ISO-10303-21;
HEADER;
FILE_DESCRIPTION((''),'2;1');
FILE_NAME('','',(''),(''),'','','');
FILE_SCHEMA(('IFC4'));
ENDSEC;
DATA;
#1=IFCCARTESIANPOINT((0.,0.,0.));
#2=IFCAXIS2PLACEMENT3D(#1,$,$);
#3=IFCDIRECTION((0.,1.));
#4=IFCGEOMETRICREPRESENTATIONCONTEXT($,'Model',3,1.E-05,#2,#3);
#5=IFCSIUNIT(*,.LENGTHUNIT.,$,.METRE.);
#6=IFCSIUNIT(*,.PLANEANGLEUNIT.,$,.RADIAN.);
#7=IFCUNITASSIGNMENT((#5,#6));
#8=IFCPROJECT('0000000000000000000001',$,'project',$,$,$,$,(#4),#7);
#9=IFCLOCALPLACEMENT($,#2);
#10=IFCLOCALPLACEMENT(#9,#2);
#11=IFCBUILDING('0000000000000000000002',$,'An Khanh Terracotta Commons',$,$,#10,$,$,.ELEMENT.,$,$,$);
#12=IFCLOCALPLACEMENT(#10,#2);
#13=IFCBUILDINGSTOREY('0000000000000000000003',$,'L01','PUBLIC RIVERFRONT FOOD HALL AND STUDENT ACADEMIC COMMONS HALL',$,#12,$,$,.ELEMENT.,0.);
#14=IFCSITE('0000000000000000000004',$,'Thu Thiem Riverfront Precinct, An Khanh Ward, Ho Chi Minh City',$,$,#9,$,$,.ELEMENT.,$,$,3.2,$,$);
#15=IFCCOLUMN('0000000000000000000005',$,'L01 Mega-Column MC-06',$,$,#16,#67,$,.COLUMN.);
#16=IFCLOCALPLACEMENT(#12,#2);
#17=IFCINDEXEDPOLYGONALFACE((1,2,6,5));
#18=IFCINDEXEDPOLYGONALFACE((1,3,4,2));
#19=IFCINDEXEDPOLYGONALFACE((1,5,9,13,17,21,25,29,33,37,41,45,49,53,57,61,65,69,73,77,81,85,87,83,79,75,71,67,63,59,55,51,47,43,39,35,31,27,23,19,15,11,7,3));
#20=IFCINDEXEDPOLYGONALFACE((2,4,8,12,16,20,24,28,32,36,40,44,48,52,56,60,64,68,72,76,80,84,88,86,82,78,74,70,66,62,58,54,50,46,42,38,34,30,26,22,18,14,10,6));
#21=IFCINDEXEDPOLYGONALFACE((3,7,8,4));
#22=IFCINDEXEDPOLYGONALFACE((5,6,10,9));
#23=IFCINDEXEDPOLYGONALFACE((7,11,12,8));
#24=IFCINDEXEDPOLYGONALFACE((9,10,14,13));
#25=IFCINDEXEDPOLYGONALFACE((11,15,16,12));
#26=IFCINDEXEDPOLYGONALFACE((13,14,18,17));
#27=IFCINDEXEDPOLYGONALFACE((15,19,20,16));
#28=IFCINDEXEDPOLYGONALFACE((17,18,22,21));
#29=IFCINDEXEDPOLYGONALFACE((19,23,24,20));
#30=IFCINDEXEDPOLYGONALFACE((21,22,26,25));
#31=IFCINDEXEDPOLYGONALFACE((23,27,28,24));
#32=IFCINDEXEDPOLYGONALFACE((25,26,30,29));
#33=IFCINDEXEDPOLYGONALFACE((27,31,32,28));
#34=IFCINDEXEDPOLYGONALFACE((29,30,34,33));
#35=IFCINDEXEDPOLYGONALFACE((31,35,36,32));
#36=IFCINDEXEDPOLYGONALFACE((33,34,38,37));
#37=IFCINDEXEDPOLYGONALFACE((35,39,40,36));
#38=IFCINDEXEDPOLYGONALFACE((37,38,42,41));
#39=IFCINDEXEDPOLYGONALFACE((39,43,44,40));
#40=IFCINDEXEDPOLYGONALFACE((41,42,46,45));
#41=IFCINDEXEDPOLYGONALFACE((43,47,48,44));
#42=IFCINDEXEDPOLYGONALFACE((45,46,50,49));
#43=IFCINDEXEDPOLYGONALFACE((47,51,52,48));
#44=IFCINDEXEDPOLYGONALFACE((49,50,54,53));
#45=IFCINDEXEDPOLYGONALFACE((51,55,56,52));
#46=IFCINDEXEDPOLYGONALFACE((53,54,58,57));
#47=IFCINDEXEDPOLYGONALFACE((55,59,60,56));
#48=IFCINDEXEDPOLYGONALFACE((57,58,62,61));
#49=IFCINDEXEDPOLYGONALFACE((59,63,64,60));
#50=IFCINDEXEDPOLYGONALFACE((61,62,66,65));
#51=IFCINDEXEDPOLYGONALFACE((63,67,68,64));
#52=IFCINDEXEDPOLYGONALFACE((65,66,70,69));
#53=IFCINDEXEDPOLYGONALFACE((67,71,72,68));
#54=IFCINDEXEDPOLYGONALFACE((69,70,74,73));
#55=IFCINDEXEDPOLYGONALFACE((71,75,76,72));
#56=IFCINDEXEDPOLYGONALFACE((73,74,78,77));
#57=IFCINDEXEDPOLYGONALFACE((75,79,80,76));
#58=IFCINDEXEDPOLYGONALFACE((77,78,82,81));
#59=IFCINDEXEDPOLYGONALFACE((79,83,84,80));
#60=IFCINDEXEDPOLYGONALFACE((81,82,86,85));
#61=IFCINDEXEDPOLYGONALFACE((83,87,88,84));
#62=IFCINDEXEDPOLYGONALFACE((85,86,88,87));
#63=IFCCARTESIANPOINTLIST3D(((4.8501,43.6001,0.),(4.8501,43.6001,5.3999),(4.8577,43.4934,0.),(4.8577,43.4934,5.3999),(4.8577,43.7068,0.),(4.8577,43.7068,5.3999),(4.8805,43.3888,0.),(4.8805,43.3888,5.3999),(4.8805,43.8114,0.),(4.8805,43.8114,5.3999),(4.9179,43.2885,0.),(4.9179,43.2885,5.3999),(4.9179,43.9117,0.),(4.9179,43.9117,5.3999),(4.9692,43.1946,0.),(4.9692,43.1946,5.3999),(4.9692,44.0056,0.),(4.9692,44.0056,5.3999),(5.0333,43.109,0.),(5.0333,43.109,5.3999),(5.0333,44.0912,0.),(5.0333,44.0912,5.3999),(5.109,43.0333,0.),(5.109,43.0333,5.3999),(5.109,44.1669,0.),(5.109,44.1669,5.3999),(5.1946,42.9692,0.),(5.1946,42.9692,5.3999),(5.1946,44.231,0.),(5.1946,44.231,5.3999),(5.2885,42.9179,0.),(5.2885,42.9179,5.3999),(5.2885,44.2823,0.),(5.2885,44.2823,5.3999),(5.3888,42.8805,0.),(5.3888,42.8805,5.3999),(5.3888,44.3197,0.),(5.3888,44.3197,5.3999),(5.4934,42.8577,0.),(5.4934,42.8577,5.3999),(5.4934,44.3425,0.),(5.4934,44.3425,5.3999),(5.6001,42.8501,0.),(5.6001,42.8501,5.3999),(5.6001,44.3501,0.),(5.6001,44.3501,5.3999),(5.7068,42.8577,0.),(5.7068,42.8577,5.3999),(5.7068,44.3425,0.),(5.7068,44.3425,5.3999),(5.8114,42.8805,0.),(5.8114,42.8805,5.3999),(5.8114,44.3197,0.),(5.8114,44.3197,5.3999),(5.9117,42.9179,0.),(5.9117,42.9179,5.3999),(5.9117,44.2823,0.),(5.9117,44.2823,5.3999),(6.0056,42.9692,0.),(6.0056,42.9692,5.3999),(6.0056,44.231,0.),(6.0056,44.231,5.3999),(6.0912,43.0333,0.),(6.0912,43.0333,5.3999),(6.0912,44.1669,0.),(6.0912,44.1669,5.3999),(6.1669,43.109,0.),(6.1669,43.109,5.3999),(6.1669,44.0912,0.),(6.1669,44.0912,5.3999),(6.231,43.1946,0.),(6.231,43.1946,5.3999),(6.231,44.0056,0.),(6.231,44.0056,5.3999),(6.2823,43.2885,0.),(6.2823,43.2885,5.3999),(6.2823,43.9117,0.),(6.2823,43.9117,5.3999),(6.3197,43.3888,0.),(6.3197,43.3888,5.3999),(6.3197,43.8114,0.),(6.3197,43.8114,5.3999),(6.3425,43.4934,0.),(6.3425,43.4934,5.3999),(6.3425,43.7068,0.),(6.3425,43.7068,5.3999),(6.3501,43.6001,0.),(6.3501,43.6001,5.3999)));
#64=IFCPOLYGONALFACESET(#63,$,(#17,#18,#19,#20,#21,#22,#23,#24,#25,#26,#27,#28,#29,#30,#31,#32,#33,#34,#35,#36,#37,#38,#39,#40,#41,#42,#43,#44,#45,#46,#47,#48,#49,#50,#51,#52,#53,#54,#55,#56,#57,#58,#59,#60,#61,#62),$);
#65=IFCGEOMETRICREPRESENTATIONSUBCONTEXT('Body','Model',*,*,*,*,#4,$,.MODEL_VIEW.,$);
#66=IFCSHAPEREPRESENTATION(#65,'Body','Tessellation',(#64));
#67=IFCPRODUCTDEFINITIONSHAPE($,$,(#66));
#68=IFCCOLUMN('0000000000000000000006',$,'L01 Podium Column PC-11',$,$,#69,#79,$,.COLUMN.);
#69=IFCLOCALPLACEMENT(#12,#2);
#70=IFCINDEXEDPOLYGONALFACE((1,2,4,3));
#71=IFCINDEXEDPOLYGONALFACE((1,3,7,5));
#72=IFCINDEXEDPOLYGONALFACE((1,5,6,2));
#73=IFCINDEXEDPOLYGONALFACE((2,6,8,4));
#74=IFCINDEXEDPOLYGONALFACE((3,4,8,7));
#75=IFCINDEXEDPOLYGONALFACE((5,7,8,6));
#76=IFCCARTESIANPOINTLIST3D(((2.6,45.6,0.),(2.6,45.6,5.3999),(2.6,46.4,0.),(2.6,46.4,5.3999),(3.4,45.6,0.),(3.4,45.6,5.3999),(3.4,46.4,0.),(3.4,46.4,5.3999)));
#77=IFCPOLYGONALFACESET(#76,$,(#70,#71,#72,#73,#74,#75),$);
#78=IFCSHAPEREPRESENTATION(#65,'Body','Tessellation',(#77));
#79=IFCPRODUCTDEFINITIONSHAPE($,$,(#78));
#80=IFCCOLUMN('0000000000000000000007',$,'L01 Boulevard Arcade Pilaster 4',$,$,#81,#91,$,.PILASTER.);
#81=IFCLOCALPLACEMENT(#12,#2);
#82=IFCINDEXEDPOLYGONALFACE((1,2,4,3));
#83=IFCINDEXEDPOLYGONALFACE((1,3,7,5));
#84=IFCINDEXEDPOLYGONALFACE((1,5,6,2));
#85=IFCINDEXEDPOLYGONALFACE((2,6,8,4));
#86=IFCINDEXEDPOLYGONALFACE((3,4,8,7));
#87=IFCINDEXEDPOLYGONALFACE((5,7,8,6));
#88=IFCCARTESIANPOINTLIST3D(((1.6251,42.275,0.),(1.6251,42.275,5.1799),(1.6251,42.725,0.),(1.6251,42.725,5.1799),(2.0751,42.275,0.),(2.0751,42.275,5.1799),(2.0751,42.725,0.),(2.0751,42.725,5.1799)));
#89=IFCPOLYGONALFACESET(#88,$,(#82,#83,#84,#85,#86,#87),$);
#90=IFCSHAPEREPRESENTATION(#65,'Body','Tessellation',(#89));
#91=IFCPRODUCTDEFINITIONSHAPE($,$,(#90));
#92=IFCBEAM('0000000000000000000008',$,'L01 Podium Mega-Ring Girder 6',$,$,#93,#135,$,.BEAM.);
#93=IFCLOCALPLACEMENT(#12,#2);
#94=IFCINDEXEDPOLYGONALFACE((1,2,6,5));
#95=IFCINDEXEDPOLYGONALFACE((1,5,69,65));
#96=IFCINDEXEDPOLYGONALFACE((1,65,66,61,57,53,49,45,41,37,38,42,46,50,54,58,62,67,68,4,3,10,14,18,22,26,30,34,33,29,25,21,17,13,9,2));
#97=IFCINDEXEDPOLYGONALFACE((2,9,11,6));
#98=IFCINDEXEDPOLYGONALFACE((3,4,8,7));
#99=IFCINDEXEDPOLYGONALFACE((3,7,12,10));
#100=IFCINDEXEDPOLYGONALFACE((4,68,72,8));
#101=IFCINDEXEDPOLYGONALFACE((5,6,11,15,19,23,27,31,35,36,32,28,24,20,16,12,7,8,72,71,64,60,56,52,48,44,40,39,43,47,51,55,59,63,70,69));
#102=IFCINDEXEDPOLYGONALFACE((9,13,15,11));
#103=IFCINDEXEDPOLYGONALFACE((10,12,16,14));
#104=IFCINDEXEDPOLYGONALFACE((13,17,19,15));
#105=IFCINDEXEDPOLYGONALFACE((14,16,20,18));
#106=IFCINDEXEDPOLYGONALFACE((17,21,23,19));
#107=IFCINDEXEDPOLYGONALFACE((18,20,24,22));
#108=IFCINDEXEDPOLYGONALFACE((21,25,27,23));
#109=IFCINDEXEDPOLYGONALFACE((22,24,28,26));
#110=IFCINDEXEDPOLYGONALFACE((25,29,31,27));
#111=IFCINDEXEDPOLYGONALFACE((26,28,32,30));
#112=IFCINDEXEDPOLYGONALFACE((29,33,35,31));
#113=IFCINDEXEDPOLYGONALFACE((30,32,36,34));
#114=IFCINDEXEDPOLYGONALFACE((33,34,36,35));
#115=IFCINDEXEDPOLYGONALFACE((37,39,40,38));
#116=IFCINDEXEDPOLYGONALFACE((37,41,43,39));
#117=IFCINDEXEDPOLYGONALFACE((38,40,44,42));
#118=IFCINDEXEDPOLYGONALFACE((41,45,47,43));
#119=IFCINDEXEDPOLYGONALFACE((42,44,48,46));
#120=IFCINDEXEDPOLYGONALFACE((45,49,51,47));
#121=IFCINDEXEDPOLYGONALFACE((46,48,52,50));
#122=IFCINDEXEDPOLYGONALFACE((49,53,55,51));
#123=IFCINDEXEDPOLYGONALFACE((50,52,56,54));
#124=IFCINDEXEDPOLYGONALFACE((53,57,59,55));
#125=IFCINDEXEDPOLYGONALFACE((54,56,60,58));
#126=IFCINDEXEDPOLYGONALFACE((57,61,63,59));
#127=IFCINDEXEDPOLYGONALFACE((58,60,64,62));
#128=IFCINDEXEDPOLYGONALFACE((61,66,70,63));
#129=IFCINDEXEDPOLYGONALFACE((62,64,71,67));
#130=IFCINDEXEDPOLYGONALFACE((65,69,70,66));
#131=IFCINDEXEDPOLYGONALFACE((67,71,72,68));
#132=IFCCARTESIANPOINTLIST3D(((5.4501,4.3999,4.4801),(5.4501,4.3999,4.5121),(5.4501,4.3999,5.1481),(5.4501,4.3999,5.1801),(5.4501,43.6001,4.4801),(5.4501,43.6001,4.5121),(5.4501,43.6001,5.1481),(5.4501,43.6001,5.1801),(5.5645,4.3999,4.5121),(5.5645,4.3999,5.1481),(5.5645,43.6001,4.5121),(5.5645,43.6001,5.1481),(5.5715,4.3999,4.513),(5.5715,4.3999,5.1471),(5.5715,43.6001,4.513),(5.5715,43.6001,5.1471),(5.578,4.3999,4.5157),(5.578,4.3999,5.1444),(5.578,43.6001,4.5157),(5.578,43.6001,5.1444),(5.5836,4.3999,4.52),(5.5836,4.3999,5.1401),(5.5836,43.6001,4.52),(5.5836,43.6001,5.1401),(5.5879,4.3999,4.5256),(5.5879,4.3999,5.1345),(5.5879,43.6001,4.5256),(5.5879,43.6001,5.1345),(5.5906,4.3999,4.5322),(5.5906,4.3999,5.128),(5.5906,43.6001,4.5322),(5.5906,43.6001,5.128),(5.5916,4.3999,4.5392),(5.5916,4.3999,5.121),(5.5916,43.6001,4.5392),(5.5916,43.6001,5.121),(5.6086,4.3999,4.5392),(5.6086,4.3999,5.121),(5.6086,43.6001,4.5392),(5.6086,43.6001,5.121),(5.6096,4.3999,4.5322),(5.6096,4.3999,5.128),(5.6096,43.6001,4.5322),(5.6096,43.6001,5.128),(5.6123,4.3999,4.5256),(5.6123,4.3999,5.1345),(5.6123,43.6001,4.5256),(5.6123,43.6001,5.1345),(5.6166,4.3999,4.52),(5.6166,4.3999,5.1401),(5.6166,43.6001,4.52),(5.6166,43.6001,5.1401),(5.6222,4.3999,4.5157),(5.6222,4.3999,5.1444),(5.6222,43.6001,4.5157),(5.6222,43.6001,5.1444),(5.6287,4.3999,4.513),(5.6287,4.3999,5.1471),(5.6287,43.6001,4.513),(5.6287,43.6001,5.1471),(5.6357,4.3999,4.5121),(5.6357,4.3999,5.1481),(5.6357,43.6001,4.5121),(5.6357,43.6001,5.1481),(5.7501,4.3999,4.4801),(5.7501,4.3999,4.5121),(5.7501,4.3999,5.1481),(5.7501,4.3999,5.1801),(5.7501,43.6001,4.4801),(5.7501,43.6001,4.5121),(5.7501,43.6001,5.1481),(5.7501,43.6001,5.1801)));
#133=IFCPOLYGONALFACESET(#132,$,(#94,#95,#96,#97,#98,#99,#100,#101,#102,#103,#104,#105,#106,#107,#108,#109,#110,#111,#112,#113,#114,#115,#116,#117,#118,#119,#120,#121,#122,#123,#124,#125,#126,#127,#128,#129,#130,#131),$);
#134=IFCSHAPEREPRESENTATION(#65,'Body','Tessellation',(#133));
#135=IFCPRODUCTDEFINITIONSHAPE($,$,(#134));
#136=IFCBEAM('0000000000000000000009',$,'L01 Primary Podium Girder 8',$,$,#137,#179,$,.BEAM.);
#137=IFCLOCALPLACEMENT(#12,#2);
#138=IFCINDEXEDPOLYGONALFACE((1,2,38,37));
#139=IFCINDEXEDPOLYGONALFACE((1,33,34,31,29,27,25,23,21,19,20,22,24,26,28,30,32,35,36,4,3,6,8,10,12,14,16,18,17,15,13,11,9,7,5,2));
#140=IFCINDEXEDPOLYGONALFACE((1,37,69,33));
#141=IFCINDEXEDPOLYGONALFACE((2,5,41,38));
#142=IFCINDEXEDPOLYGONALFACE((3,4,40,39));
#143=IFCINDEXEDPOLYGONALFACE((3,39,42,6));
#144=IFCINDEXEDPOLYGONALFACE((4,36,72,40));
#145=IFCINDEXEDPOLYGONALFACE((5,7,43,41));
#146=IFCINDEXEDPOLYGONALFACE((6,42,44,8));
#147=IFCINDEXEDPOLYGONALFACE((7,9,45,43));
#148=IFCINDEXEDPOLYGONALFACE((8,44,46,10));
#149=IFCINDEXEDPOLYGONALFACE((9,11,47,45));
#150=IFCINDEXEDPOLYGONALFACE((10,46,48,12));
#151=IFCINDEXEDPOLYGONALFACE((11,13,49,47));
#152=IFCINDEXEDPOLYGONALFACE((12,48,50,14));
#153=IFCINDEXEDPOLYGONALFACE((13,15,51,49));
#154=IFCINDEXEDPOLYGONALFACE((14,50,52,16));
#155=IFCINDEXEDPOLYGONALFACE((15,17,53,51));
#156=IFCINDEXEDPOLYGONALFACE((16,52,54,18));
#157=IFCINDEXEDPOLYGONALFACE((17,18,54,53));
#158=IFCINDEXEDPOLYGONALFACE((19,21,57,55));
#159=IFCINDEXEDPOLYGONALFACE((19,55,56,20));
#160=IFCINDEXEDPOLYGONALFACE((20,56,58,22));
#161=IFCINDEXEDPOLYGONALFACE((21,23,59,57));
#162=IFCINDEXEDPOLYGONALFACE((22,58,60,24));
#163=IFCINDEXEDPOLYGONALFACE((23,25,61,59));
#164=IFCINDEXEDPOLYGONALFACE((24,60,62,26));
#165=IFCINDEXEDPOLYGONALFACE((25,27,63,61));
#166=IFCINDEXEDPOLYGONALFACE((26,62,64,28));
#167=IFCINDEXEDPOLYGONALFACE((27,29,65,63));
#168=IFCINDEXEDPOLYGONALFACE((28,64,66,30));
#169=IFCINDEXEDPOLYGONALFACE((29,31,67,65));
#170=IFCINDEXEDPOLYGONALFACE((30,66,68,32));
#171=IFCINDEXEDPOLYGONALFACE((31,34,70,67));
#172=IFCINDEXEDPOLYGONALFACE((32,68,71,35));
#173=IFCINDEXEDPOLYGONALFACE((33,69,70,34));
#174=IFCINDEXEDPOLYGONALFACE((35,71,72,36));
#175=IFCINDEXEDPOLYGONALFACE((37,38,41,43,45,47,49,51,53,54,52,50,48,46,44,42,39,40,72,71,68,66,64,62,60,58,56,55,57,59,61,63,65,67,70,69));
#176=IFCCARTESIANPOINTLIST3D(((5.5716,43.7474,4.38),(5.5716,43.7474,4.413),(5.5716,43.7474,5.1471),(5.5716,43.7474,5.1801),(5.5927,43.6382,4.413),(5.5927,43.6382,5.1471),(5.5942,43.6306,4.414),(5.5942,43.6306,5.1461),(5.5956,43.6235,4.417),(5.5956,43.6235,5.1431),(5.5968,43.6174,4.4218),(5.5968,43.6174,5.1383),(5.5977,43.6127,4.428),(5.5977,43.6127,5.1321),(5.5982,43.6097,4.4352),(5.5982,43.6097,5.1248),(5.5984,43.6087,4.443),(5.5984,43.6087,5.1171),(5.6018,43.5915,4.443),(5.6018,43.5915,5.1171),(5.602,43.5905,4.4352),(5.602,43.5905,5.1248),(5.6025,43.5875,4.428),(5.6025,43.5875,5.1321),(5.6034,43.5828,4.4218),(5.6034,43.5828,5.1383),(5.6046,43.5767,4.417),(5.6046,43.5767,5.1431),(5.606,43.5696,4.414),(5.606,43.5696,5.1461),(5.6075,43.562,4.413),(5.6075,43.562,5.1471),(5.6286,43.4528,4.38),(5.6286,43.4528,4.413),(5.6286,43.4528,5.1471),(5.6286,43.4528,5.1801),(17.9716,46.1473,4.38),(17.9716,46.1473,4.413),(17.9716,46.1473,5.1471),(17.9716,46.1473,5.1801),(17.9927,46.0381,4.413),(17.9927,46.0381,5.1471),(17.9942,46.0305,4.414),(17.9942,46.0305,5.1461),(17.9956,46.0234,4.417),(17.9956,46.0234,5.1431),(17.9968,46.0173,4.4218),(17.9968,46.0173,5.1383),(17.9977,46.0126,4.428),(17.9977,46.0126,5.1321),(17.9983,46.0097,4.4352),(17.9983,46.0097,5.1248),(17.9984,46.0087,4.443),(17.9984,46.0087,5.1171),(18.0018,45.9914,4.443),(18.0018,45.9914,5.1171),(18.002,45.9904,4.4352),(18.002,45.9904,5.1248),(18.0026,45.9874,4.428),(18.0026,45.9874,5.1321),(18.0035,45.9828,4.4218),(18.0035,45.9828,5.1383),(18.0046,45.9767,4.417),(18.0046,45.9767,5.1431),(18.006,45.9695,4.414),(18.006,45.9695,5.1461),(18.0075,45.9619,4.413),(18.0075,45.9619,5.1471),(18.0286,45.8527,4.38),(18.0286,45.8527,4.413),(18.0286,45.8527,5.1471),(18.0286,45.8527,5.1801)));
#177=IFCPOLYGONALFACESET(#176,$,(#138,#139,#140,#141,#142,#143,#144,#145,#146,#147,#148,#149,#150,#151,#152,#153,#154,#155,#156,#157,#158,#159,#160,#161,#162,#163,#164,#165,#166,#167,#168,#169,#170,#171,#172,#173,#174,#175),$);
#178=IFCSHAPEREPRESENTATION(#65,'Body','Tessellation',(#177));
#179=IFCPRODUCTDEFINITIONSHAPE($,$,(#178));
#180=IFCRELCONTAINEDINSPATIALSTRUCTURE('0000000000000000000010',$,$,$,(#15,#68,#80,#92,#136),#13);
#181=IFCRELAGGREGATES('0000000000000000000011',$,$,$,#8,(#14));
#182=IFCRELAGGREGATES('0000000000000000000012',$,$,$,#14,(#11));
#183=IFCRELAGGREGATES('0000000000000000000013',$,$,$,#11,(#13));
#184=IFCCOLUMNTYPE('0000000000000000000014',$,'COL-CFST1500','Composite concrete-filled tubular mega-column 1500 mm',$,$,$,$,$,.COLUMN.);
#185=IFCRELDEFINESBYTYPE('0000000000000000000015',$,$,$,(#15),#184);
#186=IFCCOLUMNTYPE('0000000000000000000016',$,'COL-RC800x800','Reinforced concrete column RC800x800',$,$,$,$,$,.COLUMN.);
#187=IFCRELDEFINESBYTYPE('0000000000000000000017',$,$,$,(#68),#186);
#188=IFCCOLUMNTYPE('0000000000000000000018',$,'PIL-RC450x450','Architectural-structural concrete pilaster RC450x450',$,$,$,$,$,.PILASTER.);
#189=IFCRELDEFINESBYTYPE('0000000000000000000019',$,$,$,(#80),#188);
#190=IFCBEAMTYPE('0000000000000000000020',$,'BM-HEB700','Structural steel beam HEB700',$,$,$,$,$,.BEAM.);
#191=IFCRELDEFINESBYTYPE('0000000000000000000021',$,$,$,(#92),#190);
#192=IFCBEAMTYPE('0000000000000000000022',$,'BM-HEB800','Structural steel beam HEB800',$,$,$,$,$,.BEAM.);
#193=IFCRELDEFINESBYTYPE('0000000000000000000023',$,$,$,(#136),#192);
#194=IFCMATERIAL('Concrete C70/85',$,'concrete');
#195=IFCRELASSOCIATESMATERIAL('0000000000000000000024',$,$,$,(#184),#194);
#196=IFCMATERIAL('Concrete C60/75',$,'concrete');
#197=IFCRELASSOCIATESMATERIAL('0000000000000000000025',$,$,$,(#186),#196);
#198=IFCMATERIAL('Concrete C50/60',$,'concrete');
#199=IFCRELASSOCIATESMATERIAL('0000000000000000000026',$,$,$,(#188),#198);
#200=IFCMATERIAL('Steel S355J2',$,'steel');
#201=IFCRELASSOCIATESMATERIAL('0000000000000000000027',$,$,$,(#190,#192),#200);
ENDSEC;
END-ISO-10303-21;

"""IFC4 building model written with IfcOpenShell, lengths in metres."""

from ifc_helpers import new_model, si_unit, direction, frame, origin, origin_2d, place, context, subcontext, project, spatial, rectangle, circle, i_section, extrude, material, material_profile, profile_set, type_object, element, save


model = new_model("IFC4")

# Units and contexts
model_context = context("Model", 3, precision=1e-05, world=origin(), true_north=direction((0.0, 1.0)))
body_context = subcontext(model_context, "Body", "Model", "MODEL_VIEW")
ifc_project = project(units=[si_unit("LENGTHUNIT", "METRE"), si_unit("PLANEANGLEUNIT", "RADIAN")], contexts=[model_context])

# Site, building, storey
site_placement = place(None, origin())
site = spatial("IfcSite", under=ifc_project, at=site_placement, Name="Thu Thiem Riverfront Precinct, An Khanh Ward, Ho Chi Minh City", CompositionType="ELEMENT", RefElevation=3.2)
building_placement = place(site_placement, origin())
building = spatial("IfcBuilding", under=site, at=building_placement, Name="An Khanh Terracotta Commons", CompositionType="ELEMENT")
storey_placement = place(building_placement, origin())
storey = spatial("IfcBuildingStorey", under=building, at=storey_placement, Name="L01", Description="PUBLIC RIVERFRONT FOOD HALL AND STUDENT ACADEMIC COMMONS HALL", CompositionType="ELEMENT", Elevation=0.0)

# Columns
ifc_material_1 = material(Name="Concrete C70/85", Category="concrete")
ifc_material_profile_1 = material_profile(ifc_material_1, circle(Radius=0.75, at=origin_2d()), Name="CFST1500")
ifc_profile_set_1 = profile_set([ifc_material_profile_1], Name="Concrete C70/85")
column_type_1 = type_object("IfcColumnType", Name="COL-CFST1500", Description="Composite concrete-filled tubular mega-column 1500 mm", PredefinedType="COLUMN", material=ifc_profile_set_1)
column_1_placement = place(storey_placement, frame((5.6001, 43.6001, 0.0), z_axis=(0.0, 0.0, 1.0), x_axis=(1.0, 0.0, 0.0)))
element("IfcColumn", 1, at=column_1_placement, inside=storey, type_object=column_type_1, Name="L01 Mega-Column MC-06", PredefinedType="COLUMN", context=body_context, shape_type="SweptSolid", body=[
    extrude(circle(Radius=0.75, at=origin_2d()), origin(), (0.0, 0.0, 1.0), 5.3999),
])
ifc_material_2 = material(Name="Concrete C60/75", Category="concrete")
ifc_material_profile_2 = material_profile(ifc_material_2, rectangle(XDim=0.8, YDim=0.8, at=origin_2d()), Name="RC800x800")
ifc_profile_set_2 = profile_set([ifc_material_profile_2], Name="Concrete C60/75")
column_type_2 = type_object("IfcColumnType", Name="COL-RC800x800", Description="Reinforced concrete column RC800x800", PredefinedType="COLUMN", material=ifc_profile_set_2)
column_2_placement = place(storey_placement, frame((3.0, 46.0, 0.0), z_axis=(0.0, 0.0, 1.0), x_axis=(1.0, 0.0, 0.0)))
element("IfcColumn", 2, at=column_2_placement, inside=storey, type_object=column_type_2, Name="L01 Podium Column PC-11", PredefinedType="COLUMN", context=body_context, shape_type="SweptSolid", body=[
    extrude(rectangle(XDim=0.8, YDim=0.8, at=origin_2d()), origin(), (0.0, 0.0, 1.0), 5.3999),
])
ifc_material_3 = material(Name="Concrete C50/60", Category="concrete")
ifc_material_profile_3 = material_profile(ifc_material_3, rectangle(XDim=0.45, YDim=0.45, at=origin_2d()), Name="RC450x450")
ifc_profile_set_3 = profile_set([ifc_material_profile_3], Name="Concrete C50/60")
column_type_3 = type_object("IfcColumnType", Name="PIL-RC450x450", Description="Architectural-structural concrete pilaster RC450x450", PredefinedType="PILASTER", material=ifc_profile_set_3)
column_3_placement = place(storey_placement, frame((1.8501, 42.5, 0.0), z_axis=(0.0, 0.0, 1.0), x_axis=(1.0, 0.0, 0.0)))
element("IfcColumn", 3, at=column_3_placement, inside=storey, type_object=column_type_3, Name="L01 Boulevard Arcade Pilaster 4", PredefinedType="PILASTER", context=body_context, shape_type="SweptSolid", body=[
    extrude(rectangle(XDim=0.45, YDim=0.45, at=origin_2d()), origin(), (0.0, 0.0, 1.0), 5.1799),
])

# Beams
ifc_material_4 = material(Name="Steel S355J2", Category="steel")
ifc_material_profile_4 = material_profile(ifc_material_4, i_section(OverallWidth=0.3, OverallDepth=0.7, WebThickness=0.0171, FlangeThickness=0.032, FilletRadius=0.0271, at=origin_2d()), Name="HEB700")
ifc_profile_set_4 = profile_set([ifc_material_profile_4], Name="Steel S355J2")
beam_type_1 = type_object("IfcBeamType", Name="BM-HEB700", Description="Structural steel beam HEB700", PredefinedType="BEAM", material=ifc_profile_set_4)
beam_1_placement = place(storey_placement, frame((5.6001, 43.6001, 4.8301), z_axis=(0.0, -1.0, 0.0), x_axis=(1.0, 0.0, 0.0)))
element("IfcBeam", 4, at=beam_1_placement, inside=storey, type_object=beam_type_1, Name="L01 Podium Mega-Ring Girder 6", PredefinedType="BEAM", context=body_context, shape_type="SweptSolid", body=[
    extrude(i_section(OverallWidth=0.3, OverallDepth=0.7, WebThickness=0.0171, FlangeThickness=0.032, FilletRadius=0.0271, at=origin_2d()), origin(), (0.0, 0.0, 1.0), 39.2002),
])
ifc_material_profile_5 = material_profile(ifc_material_4, i_section(OverallWidth=0.3, OverallDepth=0.8, WebThickness=0.0176, FlangeThickness=0.033, FilletRadius=0.03, at=origin_2d()), Name="HEB800")
ifc_profile_set_5 = profile_set([ifc_material_profile_5], Name="Steel S355J2")
beam_type_2 = type_object("IfcBeamType", Name="BM-HEB800", Description="Structural steel beam HEB800", PredefinedType="BEAM", material=ifc_profile_set_5)
beam_2_placement = place(storey_placement, frame((5.6001, 43.6001, 4.78), z_axis=(0.981781, 0.190016, 0.0), x_axis=(-0.190016, 0.981781, 0.0)))
element("IfcBeam", 5, at=beam_2_placement, inside=storey, type_object=beam_type_2, Name="L01 Primary Podium Girder 8", PredefinedType="BEAM", context=body_context, shape_type="SweptSolid", body=[
    extrude(i_section(OverallWidth=0.3, OverallDepth=0.8, WebThickness=0.0176, FlangeThickness=0.033, FilletRadius=0.03, at=origin_2d()), origin(), (0.0, 0.0, 1.0), 12.6301),
])

save(model, "model.ifc")
